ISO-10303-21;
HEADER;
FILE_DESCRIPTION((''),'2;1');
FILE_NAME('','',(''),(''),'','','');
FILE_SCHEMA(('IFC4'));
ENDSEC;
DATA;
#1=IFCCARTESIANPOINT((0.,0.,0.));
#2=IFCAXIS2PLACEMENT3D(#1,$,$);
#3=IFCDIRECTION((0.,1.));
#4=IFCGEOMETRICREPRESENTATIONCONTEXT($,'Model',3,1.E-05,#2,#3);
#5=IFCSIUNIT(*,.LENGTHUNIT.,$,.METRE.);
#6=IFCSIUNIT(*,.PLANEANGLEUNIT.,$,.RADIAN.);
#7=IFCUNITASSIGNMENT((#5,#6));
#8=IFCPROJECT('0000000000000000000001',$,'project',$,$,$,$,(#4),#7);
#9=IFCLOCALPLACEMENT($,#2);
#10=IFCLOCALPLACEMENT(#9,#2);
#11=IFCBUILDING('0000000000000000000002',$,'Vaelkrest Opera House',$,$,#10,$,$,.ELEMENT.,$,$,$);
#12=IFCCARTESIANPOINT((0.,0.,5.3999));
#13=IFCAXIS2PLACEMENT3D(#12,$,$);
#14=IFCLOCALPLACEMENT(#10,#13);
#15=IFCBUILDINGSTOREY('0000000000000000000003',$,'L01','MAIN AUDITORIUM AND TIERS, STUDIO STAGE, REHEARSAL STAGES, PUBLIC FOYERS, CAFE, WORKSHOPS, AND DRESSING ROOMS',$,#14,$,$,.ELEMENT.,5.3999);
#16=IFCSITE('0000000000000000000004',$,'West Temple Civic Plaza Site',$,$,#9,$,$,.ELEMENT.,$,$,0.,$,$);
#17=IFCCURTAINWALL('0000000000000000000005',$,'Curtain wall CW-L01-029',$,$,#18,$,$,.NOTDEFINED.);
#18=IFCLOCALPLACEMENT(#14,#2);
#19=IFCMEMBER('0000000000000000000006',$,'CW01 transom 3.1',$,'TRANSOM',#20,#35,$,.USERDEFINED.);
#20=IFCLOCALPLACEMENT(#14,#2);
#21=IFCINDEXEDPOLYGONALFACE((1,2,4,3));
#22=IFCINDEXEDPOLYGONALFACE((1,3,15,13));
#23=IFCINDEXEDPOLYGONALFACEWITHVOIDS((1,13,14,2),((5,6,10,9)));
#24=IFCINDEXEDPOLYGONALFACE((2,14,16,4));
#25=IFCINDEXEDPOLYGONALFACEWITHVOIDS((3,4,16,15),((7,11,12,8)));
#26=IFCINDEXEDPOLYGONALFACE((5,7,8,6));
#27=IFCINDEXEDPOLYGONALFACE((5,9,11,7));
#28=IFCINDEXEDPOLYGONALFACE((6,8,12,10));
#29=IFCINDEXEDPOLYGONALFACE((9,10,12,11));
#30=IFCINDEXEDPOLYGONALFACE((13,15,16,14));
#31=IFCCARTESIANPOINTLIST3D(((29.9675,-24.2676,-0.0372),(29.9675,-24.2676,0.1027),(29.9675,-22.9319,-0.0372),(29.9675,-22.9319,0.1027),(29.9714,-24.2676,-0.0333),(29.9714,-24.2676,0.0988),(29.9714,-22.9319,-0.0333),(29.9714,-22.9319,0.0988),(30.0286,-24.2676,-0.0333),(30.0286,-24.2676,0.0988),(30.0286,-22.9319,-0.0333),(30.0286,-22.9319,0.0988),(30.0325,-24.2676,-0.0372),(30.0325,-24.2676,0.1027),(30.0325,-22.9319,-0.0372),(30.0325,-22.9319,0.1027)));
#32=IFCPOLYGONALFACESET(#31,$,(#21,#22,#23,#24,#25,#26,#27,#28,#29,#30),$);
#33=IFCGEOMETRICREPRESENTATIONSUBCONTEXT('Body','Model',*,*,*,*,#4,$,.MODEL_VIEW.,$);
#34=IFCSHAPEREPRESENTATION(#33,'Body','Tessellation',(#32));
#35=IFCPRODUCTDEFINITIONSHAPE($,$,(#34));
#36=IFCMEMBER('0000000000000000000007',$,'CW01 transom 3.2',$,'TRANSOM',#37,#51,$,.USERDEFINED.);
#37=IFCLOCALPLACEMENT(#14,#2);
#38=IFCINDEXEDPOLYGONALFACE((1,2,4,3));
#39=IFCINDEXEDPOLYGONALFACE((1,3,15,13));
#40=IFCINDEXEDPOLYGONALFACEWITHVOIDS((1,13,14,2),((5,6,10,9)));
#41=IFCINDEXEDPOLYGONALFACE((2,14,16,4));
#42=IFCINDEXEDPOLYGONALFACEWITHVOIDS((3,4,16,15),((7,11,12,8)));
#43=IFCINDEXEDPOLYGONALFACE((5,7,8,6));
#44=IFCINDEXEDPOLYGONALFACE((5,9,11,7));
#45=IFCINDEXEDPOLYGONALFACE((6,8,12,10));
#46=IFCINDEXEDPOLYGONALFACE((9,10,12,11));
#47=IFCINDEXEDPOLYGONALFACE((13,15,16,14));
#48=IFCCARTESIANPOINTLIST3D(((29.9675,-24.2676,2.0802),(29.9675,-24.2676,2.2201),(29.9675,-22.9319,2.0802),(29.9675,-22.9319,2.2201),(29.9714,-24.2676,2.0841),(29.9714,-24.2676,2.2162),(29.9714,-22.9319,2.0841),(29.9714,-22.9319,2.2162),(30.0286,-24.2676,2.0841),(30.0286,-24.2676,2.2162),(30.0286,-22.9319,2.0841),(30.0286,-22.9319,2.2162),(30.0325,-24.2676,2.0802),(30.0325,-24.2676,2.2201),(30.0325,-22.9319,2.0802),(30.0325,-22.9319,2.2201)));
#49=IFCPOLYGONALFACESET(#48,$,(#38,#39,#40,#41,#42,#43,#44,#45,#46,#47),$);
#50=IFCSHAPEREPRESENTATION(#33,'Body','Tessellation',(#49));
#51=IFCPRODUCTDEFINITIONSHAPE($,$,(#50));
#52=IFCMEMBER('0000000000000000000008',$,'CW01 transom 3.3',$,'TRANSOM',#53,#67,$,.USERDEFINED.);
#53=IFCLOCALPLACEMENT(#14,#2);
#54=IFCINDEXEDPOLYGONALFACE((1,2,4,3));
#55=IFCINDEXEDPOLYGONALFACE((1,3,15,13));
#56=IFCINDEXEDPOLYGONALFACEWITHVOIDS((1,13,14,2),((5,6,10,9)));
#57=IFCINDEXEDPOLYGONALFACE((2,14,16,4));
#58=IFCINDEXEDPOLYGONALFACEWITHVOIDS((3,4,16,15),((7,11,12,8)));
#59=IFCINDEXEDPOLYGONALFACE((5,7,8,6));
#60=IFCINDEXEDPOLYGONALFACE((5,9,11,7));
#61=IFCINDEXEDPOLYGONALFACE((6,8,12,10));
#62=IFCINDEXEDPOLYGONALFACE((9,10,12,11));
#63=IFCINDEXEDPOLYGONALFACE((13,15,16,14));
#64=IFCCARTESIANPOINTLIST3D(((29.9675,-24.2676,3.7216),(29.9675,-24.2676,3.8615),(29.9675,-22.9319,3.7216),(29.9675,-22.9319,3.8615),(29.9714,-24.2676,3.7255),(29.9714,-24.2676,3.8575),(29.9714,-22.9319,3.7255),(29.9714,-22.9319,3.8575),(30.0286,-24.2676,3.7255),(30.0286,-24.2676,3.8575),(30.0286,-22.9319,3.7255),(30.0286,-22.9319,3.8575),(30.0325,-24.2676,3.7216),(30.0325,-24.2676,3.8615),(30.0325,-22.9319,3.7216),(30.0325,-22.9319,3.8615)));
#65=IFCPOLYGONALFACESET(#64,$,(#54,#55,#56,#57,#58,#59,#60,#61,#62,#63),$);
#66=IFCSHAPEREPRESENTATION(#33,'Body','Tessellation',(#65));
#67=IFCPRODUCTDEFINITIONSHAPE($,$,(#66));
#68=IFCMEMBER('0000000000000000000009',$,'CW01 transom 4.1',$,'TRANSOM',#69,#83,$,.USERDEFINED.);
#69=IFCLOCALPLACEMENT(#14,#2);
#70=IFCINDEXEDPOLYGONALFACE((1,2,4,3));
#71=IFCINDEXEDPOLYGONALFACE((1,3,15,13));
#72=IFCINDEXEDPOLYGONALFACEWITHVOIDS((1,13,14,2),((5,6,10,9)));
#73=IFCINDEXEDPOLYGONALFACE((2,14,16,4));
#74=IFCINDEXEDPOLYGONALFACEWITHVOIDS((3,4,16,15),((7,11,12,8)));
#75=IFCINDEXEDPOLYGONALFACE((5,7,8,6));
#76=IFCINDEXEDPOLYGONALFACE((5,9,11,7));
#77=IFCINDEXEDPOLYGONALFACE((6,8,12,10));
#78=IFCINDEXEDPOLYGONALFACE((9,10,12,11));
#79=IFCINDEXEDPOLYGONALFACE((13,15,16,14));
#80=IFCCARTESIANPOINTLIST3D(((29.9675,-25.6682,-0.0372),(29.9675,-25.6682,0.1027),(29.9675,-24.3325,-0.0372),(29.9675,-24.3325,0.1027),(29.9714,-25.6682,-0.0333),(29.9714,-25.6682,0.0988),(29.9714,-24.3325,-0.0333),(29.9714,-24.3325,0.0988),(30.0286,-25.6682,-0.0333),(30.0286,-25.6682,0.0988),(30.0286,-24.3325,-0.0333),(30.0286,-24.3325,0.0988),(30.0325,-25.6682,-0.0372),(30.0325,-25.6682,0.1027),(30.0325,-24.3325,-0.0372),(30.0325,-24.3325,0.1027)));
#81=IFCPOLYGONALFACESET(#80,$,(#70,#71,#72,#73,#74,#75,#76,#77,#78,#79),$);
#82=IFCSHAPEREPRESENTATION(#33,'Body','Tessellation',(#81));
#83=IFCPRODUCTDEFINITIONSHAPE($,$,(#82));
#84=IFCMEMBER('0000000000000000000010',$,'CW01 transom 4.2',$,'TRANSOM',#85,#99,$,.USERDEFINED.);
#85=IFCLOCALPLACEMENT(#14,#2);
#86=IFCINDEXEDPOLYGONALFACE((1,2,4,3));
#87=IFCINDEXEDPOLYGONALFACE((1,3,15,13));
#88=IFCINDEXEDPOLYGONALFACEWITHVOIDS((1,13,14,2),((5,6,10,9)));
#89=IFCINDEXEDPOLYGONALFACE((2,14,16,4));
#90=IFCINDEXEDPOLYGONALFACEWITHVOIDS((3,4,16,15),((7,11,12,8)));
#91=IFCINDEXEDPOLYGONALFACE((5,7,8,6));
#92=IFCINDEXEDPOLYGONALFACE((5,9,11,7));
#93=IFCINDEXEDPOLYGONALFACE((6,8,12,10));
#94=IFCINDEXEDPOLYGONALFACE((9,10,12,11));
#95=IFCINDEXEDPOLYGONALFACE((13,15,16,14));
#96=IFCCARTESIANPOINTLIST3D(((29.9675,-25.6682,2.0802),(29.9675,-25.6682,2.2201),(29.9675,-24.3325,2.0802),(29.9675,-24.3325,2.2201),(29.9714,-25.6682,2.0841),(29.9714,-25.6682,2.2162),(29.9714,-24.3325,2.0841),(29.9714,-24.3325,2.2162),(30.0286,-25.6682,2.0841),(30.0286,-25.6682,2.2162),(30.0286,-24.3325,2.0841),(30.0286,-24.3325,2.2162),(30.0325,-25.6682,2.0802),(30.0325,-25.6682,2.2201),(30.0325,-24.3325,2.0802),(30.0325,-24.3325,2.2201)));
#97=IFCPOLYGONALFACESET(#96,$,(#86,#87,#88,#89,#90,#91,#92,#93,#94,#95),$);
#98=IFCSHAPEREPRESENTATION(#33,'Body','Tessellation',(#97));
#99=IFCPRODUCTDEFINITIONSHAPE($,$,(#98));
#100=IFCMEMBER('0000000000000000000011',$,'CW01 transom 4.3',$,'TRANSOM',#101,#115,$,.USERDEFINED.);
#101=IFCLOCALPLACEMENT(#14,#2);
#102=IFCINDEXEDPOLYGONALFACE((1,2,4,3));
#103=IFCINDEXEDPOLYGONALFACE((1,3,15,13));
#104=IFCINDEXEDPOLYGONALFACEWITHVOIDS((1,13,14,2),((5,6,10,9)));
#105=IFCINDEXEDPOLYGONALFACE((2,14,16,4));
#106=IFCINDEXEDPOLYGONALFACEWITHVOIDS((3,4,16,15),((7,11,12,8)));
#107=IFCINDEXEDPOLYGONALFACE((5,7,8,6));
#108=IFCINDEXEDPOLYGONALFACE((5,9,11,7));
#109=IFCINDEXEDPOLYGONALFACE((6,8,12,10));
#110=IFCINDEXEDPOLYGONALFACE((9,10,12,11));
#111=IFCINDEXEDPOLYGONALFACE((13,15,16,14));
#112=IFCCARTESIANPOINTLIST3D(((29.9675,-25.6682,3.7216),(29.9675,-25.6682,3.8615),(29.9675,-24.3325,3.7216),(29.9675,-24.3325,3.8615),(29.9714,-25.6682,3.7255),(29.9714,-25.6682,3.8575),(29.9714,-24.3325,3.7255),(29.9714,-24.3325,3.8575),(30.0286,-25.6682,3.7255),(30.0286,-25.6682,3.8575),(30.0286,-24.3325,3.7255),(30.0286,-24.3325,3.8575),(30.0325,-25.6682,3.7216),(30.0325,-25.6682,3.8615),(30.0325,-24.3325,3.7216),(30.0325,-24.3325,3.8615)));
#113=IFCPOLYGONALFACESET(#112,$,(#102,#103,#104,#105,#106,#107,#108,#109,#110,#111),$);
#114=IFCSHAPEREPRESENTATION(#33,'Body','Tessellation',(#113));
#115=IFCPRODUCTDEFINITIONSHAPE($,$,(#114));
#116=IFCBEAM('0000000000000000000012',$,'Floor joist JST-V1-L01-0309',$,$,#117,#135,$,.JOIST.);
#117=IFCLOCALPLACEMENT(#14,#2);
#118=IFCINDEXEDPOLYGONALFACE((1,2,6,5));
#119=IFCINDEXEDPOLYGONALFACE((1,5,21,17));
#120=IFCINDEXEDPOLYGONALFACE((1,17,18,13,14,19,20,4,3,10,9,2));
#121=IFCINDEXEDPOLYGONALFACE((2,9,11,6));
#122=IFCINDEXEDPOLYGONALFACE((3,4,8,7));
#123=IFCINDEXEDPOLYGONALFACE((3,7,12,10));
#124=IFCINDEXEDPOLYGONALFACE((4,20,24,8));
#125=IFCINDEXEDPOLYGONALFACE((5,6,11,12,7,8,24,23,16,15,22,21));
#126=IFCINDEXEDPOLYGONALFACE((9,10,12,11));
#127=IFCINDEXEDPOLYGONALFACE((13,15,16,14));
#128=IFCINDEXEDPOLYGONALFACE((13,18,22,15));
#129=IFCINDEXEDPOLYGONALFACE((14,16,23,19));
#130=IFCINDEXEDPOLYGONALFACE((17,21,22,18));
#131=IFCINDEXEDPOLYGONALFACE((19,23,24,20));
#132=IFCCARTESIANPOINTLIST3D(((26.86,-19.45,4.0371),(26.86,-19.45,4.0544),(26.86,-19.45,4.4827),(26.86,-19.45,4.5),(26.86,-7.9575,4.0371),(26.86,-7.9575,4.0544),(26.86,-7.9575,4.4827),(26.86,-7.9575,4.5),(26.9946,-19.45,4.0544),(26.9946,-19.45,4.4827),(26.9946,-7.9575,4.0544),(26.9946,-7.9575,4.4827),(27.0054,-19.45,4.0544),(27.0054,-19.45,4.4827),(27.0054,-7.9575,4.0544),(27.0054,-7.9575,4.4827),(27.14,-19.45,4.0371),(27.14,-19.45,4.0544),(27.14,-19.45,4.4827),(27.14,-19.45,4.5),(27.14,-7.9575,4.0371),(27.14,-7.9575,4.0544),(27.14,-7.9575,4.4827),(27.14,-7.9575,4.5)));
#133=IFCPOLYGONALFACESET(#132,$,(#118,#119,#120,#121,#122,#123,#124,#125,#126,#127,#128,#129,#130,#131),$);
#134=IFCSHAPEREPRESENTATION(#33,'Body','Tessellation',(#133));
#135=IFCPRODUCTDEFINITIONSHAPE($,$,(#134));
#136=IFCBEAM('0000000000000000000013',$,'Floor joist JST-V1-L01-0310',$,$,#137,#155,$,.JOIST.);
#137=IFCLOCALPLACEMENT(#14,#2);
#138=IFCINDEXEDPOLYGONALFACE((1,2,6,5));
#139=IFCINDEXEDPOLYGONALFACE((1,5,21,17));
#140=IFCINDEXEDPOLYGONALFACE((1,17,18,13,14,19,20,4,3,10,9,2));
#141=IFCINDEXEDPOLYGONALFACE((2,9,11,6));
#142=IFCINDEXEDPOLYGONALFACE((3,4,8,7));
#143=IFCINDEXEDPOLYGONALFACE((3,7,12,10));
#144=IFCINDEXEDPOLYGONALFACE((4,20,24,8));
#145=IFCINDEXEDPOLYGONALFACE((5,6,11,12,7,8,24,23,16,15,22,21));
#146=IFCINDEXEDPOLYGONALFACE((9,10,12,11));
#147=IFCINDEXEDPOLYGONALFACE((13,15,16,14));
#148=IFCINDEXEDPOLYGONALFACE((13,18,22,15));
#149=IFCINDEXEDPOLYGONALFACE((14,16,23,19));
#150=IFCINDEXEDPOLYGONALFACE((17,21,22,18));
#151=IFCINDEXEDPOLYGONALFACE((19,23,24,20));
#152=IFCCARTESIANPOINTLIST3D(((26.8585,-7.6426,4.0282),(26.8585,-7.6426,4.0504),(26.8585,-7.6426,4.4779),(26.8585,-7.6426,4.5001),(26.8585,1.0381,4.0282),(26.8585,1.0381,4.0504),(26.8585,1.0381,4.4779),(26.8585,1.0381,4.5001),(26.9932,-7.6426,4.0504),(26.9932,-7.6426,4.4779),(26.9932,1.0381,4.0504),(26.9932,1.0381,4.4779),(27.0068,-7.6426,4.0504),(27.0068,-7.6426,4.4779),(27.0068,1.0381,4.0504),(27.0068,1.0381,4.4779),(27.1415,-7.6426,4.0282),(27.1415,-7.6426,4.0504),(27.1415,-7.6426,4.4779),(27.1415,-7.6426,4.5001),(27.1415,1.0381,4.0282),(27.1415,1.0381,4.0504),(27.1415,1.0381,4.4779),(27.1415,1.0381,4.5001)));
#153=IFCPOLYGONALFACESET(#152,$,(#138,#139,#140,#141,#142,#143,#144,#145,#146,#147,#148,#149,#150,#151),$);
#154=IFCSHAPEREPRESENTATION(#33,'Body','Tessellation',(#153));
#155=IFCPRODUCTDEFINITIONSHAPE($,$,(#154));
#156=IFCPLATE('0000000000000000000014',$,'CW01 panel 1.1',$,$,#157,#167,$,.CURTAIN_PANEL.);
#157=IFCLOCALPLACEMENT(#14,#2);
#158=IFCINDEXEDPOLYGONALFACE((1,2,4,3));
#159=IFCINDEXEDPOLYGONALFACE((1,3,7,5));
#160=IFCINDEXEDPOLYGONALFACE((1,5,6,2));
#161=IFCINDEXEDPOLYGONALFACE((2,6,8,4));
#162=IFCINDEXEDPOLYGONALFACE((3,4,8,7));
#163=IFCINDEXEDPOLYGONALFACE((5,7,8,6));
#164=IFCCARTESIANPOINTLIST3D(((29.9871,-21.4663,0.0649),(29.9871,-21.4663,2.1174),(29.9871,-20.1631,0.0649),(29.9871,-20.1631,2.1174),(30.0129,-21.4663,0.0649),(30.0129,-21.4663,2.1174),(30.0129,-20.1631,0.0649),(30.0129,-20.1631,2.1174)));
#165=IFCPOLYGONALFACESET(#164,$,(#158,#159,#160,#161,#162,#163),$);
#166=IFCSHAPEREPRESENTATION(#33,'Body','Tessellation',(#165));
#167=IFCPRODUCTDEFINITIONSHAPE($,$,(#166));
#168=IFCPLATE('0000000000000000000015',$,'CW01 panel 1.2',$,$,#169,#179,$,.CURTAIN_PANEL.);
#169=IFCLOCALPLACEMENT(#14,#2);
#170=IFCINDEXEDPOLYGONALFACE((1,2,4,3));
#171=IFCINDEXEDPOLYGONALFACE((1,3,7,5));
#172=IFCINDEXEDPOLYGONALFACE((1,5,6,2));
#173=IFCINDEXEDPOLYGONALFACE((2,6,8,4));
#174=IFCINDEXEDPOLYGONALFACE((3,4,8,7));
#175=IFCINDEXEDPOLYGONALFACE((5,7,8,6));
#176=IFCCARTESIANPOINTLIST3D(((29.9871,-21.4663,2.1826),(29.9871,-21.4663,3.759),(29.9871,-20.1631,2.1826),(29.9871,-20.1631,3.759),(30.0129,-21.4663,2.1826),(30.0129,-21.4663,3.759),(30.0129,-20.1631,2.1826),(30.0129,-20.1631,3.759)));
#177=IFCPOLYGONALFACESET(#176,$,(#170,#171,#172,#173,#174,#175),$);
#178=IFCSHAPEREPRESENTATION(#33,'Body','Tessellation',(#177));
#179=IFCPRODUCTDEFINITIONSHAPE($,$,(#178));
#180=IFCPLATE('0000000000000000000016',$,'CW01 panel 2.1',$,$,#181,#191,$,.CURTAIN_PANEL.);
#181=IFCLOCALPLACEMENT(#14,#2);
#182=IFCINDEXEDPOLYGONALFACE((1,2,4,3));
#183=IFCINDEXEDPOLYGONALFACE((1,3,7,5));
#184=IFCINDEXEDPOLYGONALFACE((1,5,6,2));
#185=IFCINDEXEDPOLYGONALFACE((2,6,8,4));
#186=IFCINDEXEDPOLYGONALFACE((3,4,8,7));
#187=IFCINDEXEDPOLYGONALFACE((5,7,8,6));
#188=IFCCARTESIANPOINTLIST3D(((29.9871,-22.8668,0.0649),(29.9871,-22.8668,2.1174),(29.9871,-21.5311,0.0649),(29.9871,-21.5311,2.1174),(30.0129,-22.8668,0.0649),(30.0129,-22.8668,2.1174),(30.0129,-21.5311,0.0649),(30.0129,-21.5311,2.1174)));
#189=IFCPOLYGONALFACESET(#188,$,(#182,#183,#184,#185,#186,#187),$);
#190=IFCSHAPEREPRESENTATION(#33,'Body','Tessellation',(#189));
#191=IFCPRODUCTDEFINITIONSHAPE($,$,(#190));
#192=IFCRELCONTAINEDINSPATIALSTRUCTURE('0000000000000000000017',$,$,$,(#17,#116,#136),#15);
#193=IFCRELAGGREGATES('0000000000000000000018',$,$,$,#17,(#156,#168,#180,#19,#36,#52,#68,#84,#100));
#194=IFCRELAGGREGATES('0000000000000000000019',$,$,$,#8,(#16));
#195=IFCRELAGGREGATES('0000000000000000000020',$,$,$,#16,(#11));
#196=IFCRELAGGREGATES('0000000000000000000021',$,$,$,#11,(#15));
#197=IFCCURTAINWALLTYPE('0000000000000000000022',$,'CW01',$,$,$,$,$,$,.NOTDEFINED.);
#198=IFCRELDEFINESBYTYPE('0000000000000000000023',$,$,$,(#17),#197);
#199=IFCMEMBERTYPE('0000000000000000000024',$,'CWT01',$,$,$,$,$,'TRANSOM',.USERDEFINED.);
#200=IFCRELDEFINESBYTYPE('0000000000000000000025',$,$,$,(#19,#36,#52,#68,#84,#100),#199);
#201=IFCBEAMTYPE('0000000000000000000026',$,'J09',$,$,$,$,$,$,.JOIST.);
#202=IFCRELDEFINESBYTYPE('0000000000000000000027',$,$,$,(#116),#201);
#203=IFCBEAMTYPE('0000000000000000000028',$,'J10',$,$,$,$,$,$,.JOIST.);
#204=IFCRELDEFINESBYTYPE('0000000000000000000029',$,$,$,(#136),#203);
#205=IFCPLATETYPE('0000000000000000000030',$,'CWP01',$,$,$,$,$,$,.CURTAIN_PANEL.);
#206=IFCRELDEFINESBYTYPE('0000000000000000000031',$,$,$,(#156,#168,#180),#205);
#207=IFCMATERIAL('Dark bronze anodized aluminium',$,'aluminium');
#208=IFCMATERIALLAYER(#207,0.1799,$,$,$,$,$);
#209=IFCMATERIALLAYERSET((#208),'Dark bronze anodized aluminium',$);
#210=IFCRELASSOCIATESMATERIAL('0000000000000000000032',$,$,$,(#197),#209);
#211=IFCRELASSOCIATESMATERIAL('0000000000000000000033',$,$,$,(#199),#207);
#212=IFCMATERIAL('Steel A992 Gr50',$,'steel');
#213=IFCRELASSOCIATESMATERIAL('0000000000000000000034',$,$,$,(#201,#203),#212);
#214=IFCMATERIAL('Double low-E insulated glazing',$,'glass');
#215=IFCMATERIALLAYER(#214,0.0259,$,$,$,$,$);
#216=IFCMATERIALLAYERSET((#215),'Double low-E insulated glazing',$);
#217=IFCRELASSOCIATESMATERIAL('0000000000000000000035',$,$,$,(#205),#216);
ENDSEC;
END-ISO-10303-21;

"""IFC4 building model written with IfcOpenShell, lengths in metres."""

from ifc_helpers import new_model, si_unit, direction, frame, origin, origin_2d, place, context, subcontext, project, spatial, rectangle, hollow_rectangle, i_section, extrude, material, layer, layer_set, material_profile, profile_set, type_object, element, aggregate, save


model = new_model("IFC4")

# Units and contexts
model_context = context("Model", 3, precision=1e-05, world=origin(), true_north=direction((0.0, 1.0)))
body_context = subcontext(model_context, "Body", "Model", "MODEL_VIEW")
ifc_project = project(units=[si_unit("LENGTHUNIT", "METRE"), si_unit("PLANEANGLEUNIT", "RADIAN")], contexts=[model_context])

# Site, building, storey
site_placement = place(None, origin())
site = spatial("IfcSite", under=ifc_project, at=site_placement, Name="West Temple Civic Plaza Site", CompositionType="ELEMENT", RefElevation=0.0)
building_placement = place(site_placement, origin())
building = spatial("IfcBuilding", under=site, at=building_placement, Name="Vaelkrest Opera House", CompositionType="ELEMENT")
storey_placement = place(building_placement, frame((0.0, 0.0, 5.3999)))
storey = spatial("IfcBuildingStorey", under=building, at=storey_placement, Name="L01", Description="MAIN AUDITORIUM AND TIERS, STUDIO STAGE, REHEARSAL STAGES, PUBLIC FOYERS, CAFE, WORKSHOPS, AND DRESSING ROOMS", CompositionType="ELEMENT", Elevation=5.3999)

# Shared definitions
ifc_material_1 = material(Name="Steel A992 Gr50", Category="steel")

# Curtain wall, members
ifc_material_2 = material(Name="Dark bronze anodized aluminium", Category="aluminium")
ifc_layer_1 = layer(ifc_material_2, 0.1799)
ifc_layer_set_1 = layer_set([ifc_layer_1], Name="Dark bronze anodized aluminium")
curtain_wall_type = type_object("IfcCurtainWallType", Name="CW01", PredefinedType="NOTDEFINED", material=ifc_layer_set_1)
curtain_wall_placement = place(storey_placement, origin())
curtain_wall = element("IfcCurtainWall", 1, at=curtain_wall_placement, inside=storey, type_object=curtain_wall_type, Name="Curtain wall CW-L01-029", PredefinedType="NOTDEFINED")
ifc_material_profile_1 = material_profile(ifc_material_2, hollow_rectangle(XDim=0.0649, YDim=0.1399, WallThickness=0.0039, at=origin_2d()), Name="CWT65X140")
ifc_profile_set_1 = profile_set([ifc_material_profile_1], Name="Dark bronze anodized aluminium")
member_type_1 = type_object("IfcMemberType", Name="CWT01", ElementType="TRANSOM", PredefinedType="USERDEFINED", material=ifc_profile_set_1)
member_1_placement = place(storey_placement, frame((30.0, -22.9319, 0.0327), z_axis=(0.0, -1.0, 0.0), x_axis=(1.0, 0.0, 0.0)))
member_1 = element("IfcMember", 2, at=member_1_placement, type_object=member_type_1, Name="CW01 transom 3.1", ObjectType="TRANSOM", PredefinedType="USERDEFINED", context=body_context, shape_type="SweptSolid", body=[
    extrude(hollow_rectangle(XDim=0.0649, YDim=0.1399, WallThickness=0.0039, at=origin_2d()), origin(), (0.0, 0.0, 1.0), 1.3357),
])
member_2_placement = place(storey_placement, frame((30.0, -22.9319, 2.1501), z_axis=(0.0, -1.0, 0.0), x_axis=(1.0, 0.0, 0.0)))
member_2 = element("IfcMember", 3, at=member_2_placement, type_object=member_type_1, Name="CW01 transom 3.2", ObjectType="TRANSOM", PredefinedType="USERDEFINED", context=body_context, shape_type="SweptSolid", body=[
    extrude(hollow_rectangle(XDim=0.0649, YDim=0.1399, WallThickness=0.0039, at=origin_2d()), origin(), (0.0, 0.0, 1.0), 1.3357),
])
member_3_placement = place(storey_placement, frame((30.0, -22.9319, 3.7915), z_axis=(0.0, -1.0, 0.0), x_axis=(1.0, 0.0, 0.0)))
member_3 = element("IfcMember", 4, at=member_3_placement, type_object=member_type_1, Name="CW01 transom 3.3", ObjectType="TRANSOM", PredefinedType="USERDEFINED", context=body_context, shape_type="SweptSolid", body=[
    extrude(hollow_rectangle(XDim=0.0649, YDim=0.1399, WallThickness=0.0039, at=origin_2d()), origin(), (0.0, 0.0, 1.0), 1.3357),
])
member_4_placement = place(storey_placement, frame((30.0, -24.3325, 0.0327), z_axis=(0.0, -1.0, 0.0), x_axis=(1.0, 0.0, 0.0)))
member_4 = element("IfcMember", 5, at=member_4_placement, type_object=member_type_1, Name="CW01 transom 4.1", ObjectType="TRANSOM", PredefinedType="USERDEFINED", context=body_context, shape_type="SweptSolid", body=[
    extrude(hollow_rectangle(XDim=0.0649, YDim=0.1399, WallThickness=0.0039, at=origin_2d()), origin(), (0.0, 0.0, 1.0), 1.3357),
])
member_5_placement = place(storey_placement, frame((30.0, -24.3325, 2.1501), z_axis=(0.0, -1.0, 0.0), x_axis=(1.0, 0.0, 0.0)))
member_5 = element("IfcMember", 6, at=member_5_placement, type_object=member_type_1, Name="CW01 transom 4.2", ObjectType="TRANSOM", PredefinedType="USERDEFINED", context=body_context, shape_type="SweptSolid", body=[
    extrude(hollow_rectangle(XDim=0.0649, YDim=0.1399, WallThickness=0.0039, at=origin_2d()), origin(), (0.0, 0.0, 1.0), 1.3357),
])
member_6_placement = place(storey_placement, frame((30.0, -24.3325, 3.7915), z_axis=(0.0, -1.0, 0.0), x_axis=(1.0, 0.0, 0.0)))
member_6 = element("IfcMember", 7, at=member_6_placement, type_object=member_type_1, Name="CW01 transom 4.3", ObjectType="TRANSOM", PredefinedType="USERDEFINED", context=body_context, shape_type="SweptSolid", body=[
    extrude(hollow_rectangle(XDim=0.0649, YDim=0.1399, WallThickness=0.0039, at=origin_2d()), origin(), (0.0, 0.0, 1.0), 1.3357),
])

# Beams
ifc_material_profile_2 = material_profile(ifc_material_1, i_section(OverallWidth=0.28, OverallDepth=0.4629, WebThickness=0.0107, FlangeThickness=0.0173, at=origin_2d()), Name="W18X76")
ifc_profile_set_2 = profile_set([ifc_material_profile_2], Name="Steel A992 Gr50")
beam_type_1 = type_object("IfcBeamType", Name="J09", PredefinedType="JOIST", material=ifc_profile_set_2)
beam_1_placement = place(storey_placement, frame((27.0, -19.45, 4.2686), z_axis=(0.0, 1.0, 0.0), x_axis=(-1.0, 0.0, 0.0)))
element("IfcBeam", 8, at=beam_1_placement, inside=storey, type_object=beam_type_1, Name="Floor joist JST-V1-L01-0309", PredefinedType="JOIST", context=body_context, shape_type="SweptSolid", body=[
    extrude(i_section(OverallWidth=0.28, OverallDepth=0.4629, WebThickness=0.0107, FlangeThickness=0.0173, at=origin_2d()), origin(), (0.0, 0.0, 1.0), 11.4924),
])
ifc_material_profile_3 = material_profile(ifc_material_1, i_section(OverallWidth=0.283, OverallDepth=0.4719, WebThickness=0.0137, FlangeThickness=0.0222, at=origin_2d()), Name="W18X97")
ifc_profile_set_3 = profile_set([ifc_material_profile_3], Name="Steel A992 Gr50")
beam_type_2 = type_object("IfcBeamType", Name="J10", PredefinedType="JOIST", material=ifc_profile_set_3)
beam_2_placement = place(storey_placement, frame((27.0, -7.6426, 4.2642), z_axis=(0.0, 1.0, 0.0), x_axis=(-1.0, 0.0, 0.0)))
element("IfcBeam", 9, at=beam_2_placement, inside=storey, type_object=beam_type_2, Name="Floor joist JST-V1-L01-0310", PredefinedType="JOIST", context=body_context, shape_type="SweptSolid", body=[
    extrude(i_section(OverallWidth=0.283, OverallDepth=0.4719, WebThickness=0.0137, FlangeThickness=0.0222, at=origin_2d()), origin(), (0.0, 0.0, 1.0), 8.6807),
])

# Plates
ifc_material_3 = material(Name="Double low-E insulated glazing", Category="glass")
ifc_layer_2 = layer(ifc_material_3, 0.0259)
ifc_layer_set_2 = layer_set([ifc_layer_2], Name="Double low-E insulated glazing")
plate_type = type_object("IfcPlateType", Name="CWP01", PredefinedType="CURTAIN_PANEL", material=ifc_layer_set_2)
plate_1_placement = place(storey_placement, frame((30.0, -20.8147, 0.0649), z_axis=(0.0, 0.0, 1.0), x_axis=(0.0, -1.0, 0.0)))
plate_1 = element("IfcPlate", 10, at=plate_1_placement, type_object=plate_type, Name="CW01 panel 1.1", PredefinedType="CURTAIN_PANEL", context=body_context, shape_type="SweptSolid", body=[
    extrude(rectangle(XDim=1.3032, YDim=0.0259, at=origin_2d()), origin(), (0.0, 0.0, 1.0), 2.0525),
])
plate_2_placement = place(storey_placement, frame((30.0, -20.8147, 2.1826), z_axis=(0.0, 0.0, 1.0), x_axis=(0.0, -1.0, 0.0)))
plate_2 = element("IfcPlate", 11, at=plate_2_placement, type_object=plate_type, Name="CW01 panel 1.2", PredefinedType="CURTAIN_PANEL", context=body_context, shape_type="SweptSolid", body=[
    extrude(rectangle(XDim=1.3032, YDim=0.0259, at=origin_2d()), origin(), (0.0, 0.0, 1.0), 1.5764),
])
plate_3_placement = place(storey_placement, frame((30.0, -22.199, 0.0649), z_axis=(0.0, 0.0, 1.0), x_axis=(0.0, -1.0, 0.0)))
plate_3 = element("IfcPlate", 12, at=plate_3_placement, type_object=plate_type, Name="CW01 panel 2.1", PredefinedType="CURTAIN_PANEL", context=body_context, shape_type="SweptSolid", body=[
    extrude(rectangle(XDim=1.3357, YDim=0.0259, at=origin_2d()), origin(), (0.0, 0.0, 1.0), 2.0525),
])
aggregate(curtain_wall, [plate_1, plate_2, plate_3, member_1, member_2, member_3, member_4, member_5, member_6])

save(model, "model.ifc")
